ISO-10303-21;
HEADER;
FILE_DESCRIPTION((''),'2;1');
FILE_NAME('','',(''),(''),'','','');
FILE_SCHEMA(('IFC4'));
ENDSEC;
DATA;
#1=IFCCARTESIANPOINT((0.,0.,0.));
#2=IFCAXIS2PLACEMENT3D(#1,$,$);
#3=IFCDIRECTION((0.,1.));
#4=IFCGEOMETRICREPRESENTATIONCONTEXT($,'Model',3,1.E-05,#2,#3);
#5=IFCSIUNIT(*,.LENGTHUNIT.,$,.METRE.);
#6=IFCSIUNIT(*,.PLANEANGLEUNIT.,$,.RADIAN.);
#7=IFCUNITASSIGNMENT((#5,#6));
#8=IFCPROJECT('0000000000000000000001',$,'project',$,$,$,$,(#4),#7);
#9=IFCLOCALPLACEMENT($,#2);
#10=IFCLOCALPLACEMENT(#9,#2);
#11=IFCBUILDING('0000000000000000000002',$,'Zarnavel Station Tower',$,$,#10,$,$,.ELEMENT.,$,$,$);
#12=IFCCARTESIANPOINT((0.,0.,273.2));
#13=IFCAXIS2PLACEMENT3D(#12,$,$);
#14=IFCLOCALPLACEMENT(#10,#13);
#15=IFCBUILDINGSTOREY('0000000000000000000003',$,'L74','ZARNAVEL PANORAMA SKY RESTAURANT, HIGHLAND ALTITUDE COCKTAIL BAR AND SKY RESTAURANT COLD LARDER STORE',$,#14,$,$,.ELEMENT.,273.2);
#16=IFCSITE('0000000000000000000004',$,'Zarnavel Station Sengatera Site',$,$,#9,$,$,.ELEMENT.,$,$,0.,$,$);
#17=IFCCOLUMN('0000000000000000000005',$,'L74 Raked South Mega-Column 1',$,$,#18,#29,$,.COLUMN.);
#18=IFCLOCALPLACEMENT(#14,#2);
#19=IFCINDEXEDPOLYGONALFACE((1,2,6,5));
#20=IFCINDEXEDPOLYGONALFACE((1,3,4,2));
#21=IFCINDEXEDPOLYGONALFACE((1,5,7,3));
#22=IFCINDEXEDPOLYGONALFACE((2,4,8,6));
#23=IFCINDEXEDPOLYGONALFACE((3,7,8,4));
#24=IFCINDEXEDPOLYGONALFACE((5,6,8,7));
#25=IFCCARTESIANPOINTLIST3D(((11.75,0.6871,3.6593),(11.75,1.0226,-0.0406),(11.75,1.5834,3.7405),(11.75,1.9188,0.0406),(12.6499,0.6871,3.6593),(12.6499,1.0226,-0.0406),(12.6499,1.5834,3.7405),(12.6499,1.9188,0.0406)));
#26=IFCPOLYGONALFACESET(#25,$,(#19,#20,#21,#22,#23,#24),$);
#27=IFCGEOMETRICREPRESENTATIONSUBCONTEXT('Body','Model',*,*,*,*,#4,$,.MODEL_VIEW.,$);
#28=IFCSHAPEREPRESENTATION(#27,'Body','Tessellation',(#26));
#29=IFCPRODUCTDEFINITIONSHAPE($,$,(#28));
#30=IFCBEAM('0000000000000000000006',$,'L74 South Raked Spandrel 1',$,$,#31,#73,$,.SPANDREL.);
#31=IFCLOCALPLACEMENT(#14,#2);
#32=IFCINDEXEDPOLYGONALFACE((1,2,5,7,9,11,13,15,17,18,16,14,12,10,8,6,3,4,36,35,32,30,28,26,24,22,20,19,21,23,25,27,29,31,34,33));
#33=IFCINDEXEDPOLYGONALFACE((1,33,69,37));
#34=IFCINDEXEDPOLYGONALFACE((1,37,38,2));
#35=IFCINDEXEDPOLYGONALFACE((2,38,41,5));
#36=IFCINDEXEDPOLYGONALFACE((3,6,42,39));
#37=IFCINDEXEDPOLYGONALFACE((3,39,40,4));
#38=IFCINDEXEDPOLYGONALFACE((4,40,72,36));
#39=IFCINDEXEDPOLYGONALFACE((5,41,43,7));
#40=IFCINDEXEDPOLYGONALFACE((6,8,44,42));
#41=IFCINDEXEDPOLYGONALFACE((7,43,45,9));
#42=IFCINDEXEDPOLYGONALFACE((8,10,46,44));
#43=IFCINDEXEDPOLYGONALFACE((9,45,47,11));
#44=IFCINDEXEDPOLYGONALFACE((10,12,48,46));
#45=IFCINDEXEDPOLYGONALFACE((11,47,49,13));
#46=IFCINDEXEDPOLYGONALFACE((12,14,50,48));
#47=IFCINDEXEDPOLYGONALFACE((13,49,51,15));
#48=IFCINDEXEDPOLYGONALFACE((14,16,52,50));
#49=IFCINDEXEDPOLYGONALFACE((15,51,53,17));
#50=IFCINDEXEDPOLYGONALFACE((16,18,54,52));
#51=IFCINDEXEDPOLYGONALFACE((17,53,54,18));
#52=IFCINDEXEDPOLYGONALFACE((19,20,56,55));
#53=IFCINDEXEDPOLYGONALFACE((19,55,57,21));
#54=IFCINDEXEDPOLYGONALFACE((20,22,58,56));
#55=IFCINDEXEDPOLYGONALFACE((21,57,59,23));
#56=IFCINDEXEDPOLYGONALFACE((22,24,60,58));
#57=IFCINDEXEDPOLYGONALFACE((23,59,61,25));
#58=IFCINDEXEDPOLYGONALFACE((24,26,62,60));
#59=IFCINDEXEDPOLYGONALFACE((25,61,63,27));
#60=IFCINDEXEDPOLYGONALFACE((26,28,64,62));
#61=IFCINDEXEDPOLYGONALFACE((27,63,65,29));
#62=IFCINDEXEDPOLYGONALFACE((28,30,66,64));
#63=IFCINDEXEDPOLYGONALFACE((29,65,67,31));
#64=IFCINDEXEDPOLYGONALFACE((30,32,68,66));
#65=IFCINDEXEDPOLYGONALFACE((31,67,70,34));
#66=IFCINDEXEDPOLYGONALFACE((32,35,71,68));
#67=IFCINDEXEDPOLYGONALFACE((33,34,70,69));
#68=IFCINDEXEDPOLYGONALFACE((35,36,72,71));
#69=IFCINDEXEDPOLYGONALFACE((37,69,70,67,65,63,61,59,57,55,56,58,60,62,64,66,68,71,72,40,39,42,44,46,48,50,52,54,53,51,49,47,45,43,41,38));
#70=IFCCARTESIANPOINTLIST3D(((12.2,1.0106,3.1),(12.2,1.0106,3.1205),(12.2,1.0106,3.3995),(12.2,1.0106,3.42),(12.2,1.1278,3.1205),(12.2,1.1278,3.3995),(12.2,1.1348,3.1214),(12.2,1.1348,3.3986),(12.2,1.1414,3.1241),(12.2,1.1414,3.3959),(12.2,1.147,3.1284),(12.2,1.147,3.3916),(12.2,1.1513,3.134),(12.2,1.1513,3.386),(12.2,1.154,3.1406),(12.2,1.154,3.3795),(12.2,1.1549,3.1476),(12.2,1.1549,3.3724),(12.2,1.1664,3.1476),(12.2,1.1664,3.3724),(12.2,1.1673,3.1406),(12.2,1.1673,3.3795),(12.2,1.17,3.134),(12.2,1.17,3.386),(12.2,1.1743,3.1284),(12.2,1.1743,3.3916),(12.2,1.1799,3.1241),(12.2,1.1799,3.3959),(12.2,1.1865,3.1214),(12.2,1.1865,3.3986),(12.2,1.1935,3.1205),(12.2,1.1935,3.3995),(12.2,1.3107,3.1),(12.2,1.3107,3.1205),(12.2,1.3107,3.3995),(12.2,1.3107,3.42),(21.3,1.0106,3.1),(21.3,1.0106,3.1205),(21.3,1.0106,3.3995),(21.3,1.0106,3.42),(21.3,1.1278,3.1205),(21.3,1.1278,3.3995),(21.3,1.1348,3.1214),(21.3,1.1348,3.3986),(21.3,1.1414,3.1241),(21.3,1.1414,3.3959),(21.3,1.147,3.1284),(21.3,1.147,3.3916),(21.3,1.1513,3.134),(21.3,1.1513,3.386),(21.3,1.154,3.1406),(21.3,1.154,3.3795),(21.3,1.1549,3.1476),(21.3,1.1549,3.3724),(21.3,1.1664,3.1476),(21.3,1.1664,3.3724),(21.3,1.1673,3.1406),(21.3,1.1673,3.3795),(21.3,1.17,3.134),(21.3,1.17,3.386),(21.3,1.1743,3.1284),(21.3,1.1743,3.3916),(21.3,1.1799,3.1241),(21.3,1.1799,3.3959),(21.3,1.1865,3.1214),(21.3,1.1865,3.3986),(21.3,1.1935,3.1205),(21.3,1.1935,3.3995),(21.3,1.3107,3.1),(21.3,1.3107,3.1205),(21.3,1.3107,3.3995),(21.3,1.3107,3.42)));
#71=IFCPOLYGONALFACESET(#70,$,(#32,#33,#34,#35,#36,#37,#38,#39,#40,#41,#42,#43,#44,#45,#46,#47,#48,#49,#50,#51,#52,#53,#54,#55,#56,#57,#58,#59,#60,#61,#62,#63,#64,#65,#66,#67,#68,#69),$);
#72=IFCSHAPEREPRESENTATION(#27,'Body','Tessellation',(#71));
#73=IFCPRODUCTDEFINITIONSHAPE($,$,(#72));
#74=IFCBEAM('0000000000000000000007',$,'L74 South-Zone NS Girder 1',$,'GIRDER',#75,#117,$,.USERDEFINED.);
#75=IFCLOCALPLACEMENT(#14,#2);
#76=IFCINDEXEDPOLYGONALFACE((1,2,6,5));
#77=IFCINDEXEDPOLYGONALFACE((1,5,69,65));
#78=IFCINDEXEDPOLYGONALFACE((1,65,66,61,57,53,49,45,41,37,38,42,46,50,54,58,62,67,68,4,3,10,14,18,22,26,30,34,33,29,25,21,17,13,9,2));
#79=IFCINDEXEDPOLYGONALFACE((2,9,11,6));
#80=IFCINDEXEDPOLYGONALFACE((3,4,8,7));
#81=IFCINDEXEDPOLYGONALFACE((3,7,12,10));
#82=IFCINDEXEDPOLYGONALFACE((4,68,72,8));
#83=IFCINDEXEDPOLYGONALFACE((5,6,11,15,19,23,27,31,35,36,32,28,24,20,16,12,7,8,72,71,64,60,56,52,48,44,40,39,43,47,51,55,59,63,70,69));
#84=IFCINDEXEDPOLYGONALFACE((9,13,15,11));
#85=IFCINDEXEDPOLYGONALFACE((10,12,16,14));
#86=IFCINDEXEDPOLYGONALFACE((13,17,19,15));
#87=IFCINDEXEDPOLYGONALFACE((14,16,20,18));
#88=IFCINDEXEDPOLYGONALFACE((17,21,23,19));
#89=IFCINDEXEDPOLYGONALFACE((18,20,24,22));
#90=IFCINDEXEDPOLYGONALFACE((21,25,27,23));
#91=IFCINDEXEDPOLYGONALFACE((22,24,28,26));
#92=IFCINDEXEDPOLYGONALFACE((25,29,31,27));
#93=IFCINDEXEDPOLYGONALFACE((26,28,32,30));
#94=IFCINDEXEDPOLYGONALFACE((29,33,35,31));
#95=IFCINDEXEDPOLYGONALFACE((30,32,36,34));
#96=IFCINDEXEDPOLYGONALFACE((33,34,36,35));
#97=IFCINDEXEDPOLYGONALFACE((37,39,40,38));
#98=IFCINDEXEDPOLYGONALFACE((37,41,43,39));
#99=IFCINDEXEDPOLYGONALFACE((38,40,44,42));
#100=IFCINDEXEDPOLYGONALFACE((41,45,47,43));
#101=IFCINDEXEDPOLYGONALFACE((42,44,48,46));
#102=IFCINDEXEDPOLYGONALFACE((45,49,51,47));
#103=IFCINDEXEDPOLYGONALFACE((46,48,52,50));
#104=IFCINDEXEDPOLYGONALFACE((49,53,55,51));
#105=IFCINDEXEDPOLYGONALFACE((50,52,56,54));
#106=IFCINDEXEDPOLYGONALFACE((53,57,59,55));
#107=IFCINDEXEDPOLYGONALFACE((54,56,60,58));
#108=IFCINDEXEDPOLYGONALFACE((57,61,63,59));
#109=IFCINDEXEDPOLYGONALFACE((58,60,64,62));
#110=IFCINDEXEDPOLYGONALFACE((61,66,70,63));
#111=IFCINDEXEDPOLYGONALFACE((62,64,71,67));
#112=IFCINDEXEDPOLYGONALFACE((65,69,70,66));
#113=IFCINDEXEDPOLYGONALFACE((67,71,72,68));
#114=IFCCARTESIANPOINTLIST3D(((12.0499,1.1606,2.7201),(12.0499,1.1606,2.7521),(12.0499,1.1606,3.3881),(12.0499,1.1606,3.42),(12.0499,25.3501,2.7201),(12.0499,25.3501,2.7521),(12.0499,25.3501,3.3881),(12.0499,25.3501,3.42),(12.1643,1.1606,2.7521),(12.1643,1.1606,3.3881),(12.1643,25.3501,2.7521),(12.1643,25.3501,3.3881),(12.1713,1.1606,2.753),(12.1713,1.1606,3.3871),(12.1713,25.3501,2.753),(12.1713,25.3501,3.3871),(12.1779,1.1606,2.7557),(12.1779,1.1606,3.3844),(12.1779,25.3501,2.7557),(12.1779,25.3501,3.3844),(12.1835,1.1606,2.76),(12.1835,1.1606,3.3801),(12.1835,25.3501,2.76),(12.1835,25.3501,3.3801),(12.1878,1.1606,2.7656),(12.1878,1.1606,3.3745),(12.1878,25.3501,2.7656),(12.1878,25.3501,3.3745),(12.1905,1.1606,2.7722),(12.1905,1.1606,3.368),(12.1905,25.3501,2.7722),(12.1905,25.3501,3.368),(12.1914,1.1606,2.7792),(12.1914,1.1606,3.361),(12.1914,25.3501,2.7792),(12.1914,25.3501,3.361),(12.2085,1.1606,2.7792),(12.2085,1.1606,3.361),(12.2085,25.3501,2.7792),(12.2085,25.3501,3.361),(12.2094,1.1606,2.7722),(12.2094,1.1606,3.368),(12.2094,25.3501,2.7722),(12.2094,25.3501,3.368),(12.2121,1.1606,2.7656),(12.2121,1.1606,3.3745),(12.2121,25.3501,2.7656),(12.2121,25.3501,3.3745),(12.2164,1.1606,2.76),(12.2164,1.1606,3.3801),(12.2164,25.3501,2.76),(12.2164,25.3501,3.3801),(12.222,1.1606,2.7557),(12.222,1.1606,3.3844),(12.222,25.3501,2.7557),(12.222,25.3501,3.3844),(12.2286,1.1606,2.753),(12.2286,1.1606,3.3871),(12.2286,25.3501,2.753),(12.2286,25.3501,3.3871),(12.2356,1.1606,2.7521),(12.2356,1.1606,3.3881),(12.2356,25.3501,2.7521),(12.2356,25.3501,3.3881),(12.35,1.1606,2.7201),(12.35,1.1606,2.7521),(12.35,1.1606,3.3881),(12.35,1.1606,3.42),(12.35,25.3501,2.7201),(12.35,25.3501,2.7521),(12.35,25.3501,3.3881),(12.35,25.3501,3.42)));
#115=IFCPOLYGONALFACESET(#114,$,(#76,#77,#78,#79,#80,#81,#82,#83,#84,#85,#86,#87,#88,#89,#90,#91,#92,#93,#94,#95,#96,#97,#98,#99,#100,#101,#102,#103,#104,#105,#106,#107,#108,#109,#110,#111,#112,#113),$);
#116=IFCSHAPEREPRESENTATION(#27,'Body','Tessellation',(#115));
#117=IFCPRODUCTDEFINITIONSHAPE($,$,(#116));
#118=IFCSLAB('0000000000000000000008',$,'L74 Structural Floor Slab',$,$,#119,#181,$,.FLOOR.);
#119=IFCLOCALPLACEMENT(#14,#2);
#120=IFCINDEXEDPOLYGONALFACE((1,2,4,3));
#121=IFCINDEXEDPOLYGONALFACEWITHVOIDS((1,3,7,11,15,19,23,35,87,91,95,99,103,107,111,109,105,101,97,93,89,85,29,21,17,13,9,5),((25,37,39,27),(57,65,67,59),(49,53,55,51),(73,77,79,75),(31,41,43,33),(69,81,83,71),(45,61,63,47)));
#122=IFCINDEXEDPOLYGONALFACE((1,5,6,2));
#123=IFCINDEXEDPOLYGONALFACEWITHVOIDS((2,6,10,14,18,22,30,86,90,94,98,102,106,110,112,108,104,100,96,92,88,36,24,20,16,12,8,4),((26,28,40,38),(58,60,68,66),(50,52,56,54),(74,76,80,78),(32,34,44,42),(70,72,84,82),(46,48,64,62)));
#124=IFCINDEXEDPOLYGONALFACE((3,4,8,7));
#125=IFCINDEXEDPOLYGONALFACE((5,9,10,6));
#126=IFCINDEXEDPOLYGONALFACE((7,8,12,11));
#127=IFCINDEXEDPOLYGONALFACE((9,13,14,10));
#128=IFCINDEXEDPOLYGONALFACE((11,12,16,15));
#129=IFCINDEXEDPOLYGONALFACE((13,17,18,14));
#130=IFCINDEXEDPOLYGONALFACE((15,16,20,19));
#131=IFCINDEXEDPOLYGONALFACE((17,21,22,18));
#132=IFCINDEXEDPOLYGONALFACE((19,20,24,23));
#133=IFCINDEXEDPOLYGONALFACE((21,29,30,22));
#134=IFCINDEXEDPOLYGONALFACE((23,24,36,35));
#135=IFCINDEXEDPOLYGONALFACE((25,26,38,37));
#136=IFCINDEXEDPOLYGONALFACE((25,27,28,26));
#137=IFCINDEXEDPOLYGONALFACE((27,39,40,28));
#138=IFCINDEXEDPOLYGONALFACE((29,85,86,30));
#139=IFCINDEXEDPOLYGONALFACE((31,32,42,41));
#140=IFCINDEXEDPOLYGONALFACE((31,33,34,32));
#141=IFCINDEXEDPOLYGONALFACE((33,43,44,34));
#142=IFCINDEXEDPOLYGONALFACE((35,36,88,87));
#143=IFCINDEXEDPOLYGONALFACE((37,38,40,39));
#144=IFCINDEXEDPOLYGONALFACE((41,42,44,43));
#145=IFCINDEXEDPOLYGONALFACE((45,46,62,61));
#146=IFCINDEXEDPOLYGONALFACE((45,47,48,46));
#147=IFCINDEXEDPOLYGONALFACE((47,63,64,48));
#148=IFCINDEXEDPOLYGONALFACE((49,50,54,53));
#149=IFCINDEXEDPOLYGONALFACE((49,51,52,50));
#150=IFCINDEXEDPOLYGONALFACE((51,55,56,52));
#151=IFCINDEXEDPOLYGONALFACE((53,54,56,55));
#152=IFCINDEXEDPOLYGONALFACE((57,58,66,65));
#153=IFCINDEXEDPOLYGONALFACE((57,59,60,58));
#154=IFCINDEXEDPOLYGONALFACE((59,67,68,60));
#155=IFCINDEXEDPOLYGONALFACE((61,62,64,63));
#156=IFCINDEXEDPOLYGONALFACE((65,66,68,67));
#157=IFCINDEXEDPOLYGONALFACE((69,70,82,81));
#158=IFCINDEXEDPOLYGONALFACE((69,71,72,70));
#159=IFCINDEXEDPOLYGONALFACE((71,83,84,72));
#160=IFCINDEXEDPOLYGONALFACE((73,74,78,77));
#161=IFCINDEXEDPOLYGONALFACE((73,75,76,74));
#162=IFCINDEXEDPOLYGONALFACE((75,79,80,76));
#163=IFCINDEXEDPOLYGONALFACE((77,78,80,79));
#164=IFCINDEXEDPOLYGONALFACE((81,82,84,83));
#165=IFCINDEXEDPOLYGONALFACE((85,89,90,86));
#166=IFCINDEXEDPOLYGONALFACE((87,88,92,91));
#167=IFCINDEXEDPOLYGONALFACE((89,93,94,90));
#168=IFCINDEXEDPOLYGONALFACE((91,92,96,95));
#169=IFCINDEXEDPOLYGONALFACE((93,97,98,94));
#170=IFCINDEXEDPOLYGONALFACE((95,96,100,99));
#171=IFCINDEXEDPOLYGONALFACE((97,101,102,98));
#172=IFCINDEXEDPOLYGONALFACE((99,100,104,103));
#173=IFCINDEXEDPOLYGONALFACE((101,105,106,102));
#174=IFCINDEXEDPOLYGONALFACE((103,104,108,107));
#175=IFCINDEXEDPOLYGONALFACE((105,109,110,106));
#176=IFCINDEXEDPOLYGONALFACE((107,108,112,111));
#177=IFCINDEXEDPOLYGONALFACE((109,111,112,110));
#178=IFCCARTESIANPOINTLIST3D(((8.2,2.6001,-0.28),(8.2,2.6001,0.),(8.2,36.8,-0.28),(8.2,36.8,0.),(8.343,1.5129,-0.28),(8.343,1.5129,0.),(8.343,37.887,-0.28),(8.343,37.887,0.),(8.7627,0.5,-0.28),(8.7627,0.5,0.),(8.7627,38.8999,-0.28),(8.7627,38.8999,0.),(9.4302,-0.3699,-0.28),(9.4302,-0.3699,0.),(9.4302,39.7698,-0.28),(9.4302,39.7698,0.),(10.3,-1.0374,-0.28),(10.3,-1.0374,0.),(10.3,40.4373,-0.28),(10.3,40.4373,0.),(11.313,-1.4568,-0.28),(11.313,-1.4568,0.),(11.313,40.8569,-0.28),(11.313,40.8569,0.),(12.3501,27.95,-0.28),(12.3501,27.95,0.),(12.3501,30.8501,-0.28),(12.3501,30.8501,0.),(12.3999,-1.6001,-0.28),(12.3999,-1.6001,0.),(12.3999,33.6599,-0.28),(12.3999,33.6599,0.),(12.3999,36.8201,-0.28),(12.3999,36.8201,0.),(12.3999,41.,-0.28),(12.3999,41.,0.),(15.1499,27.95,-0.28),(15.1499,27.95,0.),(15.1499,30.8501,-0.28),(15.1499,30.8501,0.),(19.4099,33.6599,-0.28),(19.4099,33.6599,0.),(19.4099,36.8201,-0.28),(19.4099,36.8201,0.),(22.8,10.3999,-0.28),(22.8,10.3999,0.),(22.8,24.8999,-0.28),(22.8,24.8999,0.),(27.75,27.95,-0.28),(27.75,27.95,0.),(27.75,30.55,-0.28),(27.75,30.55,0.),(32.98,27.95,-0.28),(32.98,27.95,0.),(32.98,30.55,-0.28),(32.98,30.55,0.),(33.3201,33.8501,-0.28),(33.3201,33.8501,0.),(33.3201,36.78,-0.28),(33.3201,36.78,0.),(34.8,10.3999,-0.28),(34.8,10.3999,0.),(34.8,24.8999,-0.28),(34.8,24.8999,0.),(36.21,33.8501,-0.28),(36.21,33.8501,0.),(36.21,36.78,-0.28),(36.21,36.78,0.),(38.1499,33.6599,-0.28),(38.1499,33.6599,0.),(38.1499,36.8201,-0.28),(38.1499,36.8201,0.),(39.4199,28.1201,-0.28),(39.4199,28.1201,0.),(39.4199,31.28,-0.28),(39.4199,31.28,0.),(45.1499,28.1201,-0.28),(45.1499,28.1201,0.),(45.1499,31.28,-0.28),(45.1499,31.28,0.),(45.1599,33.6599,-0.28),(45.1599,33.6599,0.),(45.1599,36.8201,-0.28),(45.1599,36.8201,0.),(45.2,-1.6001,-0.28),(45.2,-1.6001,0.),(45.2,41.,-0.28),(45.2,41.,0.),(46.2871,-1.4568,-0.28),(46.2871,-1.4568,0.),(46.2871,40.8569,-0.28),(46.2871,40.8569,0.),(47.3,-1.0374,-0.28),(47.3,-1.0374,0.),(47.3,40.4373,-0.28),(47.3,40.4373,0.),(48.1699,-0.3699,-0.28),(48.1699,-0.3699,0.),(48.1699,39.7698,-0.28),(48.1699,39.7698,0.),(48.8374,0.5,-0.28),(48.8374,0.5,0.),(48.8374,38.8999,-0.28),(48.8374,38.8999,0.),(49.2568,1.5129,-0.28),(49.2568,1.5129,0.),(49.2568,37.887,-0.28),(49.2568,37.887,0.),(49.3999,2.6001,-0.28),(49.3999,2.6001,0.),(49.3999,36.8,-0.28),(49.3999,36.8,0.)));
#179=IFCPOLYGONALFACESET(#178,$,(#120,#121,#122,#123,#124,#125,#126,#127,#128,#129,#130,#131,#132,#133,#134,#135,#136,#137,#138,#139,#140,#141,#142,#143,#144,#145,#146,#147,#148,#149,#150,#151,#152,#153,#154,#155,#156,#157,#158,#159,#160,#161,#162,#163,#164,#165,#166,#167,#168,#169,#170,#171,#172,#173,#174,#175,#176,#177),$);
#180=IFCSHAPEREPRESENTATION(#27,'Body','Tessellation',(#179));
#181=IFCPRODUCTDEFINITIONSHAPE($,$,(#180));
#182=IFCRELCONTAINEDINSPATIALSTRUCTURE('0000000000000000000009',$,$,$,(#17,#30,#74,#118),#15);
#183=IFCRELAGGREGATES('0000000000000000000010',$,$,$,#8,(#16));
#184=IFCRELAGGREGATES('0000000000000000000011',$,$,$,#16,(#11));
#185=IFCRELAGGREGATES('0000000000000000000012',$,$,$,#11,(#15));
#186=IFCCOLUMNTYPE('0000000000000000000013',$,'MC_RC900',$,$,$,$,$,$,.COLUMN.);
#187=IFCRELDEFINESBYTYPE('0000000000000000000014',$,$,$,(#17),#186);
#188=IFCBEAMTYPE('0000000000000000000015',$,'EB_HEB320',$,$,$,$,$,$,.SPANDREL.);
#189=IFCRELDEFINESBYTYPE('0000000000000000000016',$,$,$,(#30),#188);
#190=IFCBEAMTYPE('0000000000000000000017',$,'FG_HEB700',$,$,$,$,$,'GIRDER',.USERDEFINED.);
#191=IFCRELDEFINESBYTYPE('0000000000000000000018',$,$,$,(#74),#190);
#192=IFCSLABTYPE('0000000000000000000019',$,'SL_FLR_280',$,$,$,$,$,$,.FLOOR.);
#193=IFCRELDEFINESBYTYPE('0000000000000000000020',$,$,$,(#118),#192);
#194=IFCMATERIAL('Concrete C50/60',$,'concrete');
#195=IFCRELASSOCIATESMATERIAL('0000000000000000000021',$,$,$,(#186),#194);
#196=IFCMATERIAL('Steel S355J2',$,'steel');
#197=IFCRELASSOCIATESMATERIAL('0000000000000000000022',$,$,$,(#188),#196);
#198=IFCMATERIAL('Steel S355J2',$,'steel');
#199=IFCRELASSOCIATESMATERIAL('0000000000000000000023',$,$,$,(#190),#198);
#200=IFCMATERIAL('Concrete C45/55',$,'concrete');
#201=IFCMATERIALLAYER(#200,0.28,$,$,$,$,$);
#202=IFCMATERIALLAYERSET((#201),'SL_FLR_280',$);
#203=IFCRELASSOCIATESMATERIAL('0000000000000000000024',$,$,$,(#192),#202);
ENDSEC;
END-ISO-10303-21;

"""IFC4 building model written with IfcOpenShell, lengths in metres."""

from ifc_helpers import new_model, si_unit, direction, frame, origin, origin_2d, place, context, subcontext, project, spatial, polyline, rectangle, i_section, outline, extrude, material, layer, layer_set, material_profile, profile_set, type_object, element, save


model = new_model("IFC4")

# Units and contexts
model_context = context("Model", 3, precision=1e-05, world=origin(), true_north=direction((0.0, 1.0)))
body_context = subcontext(model_context, "Body", "Model", "MODEL_VIEW")
ifc_project = project(units=[si_unit("LENGTHUNIT", "METRE"), si_unit("PLANEANGLEUNIT", "RADIAN")], contexts=[model_context])

# Site, building, storey
site_placement = place(None, origin())
site = spatial("IfcSite", under=ifc_project, at=site_placement, Name="Zarnavel Station Sengatera Site", CompositionType="ELEMENT", RefElevation=0.0)
building_placement = place(site_placement, origin())
building = spatial("IfcBuilding", under=site, at=building_placement, Name="Zarnavel Station Tower", CompositionType="ELEMENT")
storey_placement = place(building_placement, frame((0.0, 0.0, 273.2)))
storey = spatial("IfcBuildingStorey", under=building, at=storey_placement, Name="L74", Description="ZARNAVEL PANORAMA SKY RESTAURANT, HIGHLAND ALTITUDE COCKTAIL BAR AND SKY RESTAURANT COLD LARDER STORE", CompositionType="ELEMENT", Elevation=273.2)

# Column
ifc_material_1 = material(Name="Concrete C50/60", Category="concrete")
ifc_material_profile_1 = material_profile(ifc_material_1, rectangle(XDim=0.8999, YDim=0.8999, at=origin_2d()), Name="RC900x900")
ifc_profile_set_1 = profile_set([ifc_material_profile_1], Name="Concrete C50/60")
column_type = type_object("IfcColumnType", Name="MC_RC900", PredefinedType="COLUMN", material=ifc_profile_set_1)
column_placement = place(storey_placement, frame((12.2, 1.4707, 0.0), z_axis=(0.0, -0.090293, 0.995915), x_axis=(1.0, 0.0, 0.0)))
element("IfcColumn", 1, at=column_placement, inside=storey, type_object=column_type, Name="L74 Raked South Mega-Column 1", PredefinedType="COLUMN", context=body_context, shape_type="SweptSolid", body=[
    extrude(rectangle(XDim=0.8999, YDim=0.8999, at=origin_2d()), origin(), (0.0, 0.0, 1.0), 3.7151),
])

# Beams
ifc_material_2 = material(Name="Steel S355J2", Category="steel")
ifc_material_profile_2 = material_profile(ifc_material_2, i_section(OverallWidth=0.3, OverallDepth=0.3201, WebThickness=0.0115, FlangeThickness=0.0205, FilletRadius=0.0271, at=origin_2d()), Name="HEB320")
ifc_profile_set_2 = profile_set([ifc_material_profile_2], Name="Steel S355J2")
beam_type_1 = type_object("IfcBeamType", Name="EB_HEB320", PredefinedType="SPANDREL", material=ifc_profile_set_2)
beam_1_placement = place(storey_placement, frame((12.2, 1.1606, 3.26), z_axis=(1.0, 0.0, 0.0), x_axis=(0.0, 1.0, 0.0)))
element("IfcBeam", 2, at=beam_1_placement, inside=storey, type_object=beam_type_1, Name="L74 South Raked Spandrel 1", PredefinedType="SPANDREL", context=body_context, shape_type="SweptSolid", body=[
    extrude(i_section(OverallWidth=0.3, OverallDepth=0.3201, WebThickness=0.0115, FlangeThickness=0.0205, FilletRadius=0.0271, at=origin_2d()), origin(), (0.0, 0.0, 1.0), 9.1001),
])
ifc_material_3 = material(Name="Steel S355J2", Category="steel")
ifc_material_profile_3 = material_profile(ifc_material_3, i_section(OverallWidth=0.3, OverallDepth=0.7, WebThickness=0.0171, FlangeThickness=0.032, FilletRadius=0.0271, at=origin_2d()), Name="HEB700")
ifc_profile_set_3 = profile_set([ifc_material_profile_3], Name="Steel S355J2")
beam_type_2 = type_object("IfcBeamType", Name="FG_HEB700", ElementType="GIRDER", PredefinedType="USERDEFINED", material=ifc_profile_set_3)
beam_2_placement = place(storey_placement, frame((12.2, 1.1606, 3.0701), z_axis=(0.0, 1.0, 0.0), x_axis=(-1.0, 0.0, 0.0)))
element("IfcBeam", 3, at=beam_2_placement, inside=storey, type_object=beam_type_2, Name="L74 South-Zone NS Girder 1", ObjectType="GIRDER", PredefinedType="USERDEFINED", context=body_context, shape_type="SweptSolid", body=[
    extrude(i_section(OverallWidth=0.3, OverallDepth=0.7, WebThickness=0.0171, FlangeThickness=0.032, FilletRadius=0.0271, at=origin_2d()), origin(), (0.0, 0.0, 1.0), 24.1895),
])

# Slab
ifc_material_4 = material(Name="Concrete C45/55", Category="concrete")
ifc_layer_1 = layer(ifc_material_4, 0.28)
ifc_layer_set_1 = layer_set([ifc_layer_1], Name="SL_FLR_280")
slab_type_1 = type_object("IfcSlabType", Name="SL_FLR_280", PredefinedType="FLOOR", material=ifc_layer_set_1)
slab_1_placement = place(storey_placement, frame((0.0, 0.0, -0.28)))
element("IfcSlab", 4, at=slab_1_placement, inside=storey, type_object=slab_type_1, Name="L74 Structural Floor Slab", PredefinedType="FLOOR", context=body_context, shape_type="SweptSolid", body=[
    extrude(outline(polyline([(45.2, -1.6001), (46.2871, -1.4568), (47.3, -1.0374), (48.1699, -0.3699), (48.8374, 0.5), (49.2568, 1.5129), (49.3999, 2.6001), (49.3999, 36.8), (49.2568, 37.887), (48.8374, 38.8999), (48.1699, 39.7698), (47.3, 40.4373), (46.2871, 40.8569), (45.2, 41.0), (12.3999, 41.0), (11.313, 40.8569), (10.3, 40.4373), (9.4302, 39.7698), (8.7627, 38.8999), (8.343, 37.887), (8.2, 36.8), (8.2, 2.6001), (8.343, 1.5129), (8.7627, 0.5), (9.4302, -0.3699), (10.3, -1.0374), (11.313, -1.4568), (12.3999, -1.6001), (45.2, -1.6001)]), holes=[polyline([(12.3999, 33.6599), (19.4099, 33.6599), (19.4099, 36.8201), (12.3999, 36.8201), (12.3999, 33.6599)]), polyline([(38.1499, 33.6599), (45.1599, 33.6599), (45.1599, 36.8201), (38.1499, 36.8201), (38.1499, 33.6599)]), polyline([(39.4199, 28.1201), (45.1499, 28.1201), (45.1499, 31.28), (39.4199, 31.28), (39.4199, 28.1201)]), polyline([(12.3501, 27.95), (15.1499, 27.95), (15.1499, 30.8501), (12.3501, 30.8501), (12.3501, 27.95)]), polyline([(33.3201, 33.8501), (36.21, 33.8501), (36.21, 36.78), (33.3201, 36.78), (33.3201, 33.8501)]), polyline([(27.75, 27.95), (32.98, 27.95), (32.98, 30.55), (27.75, 30.55), (27.75, 27.95)]), polyline([(22.8, 10.3999), (34.8, 10.3999), (34.8, 24.8999), (22.8, 24.8999), (22.8, 10.3999)])]), origin(), (0.0, 0.0, 1.0), 0.28),
])

save(model, "model.ifc")
